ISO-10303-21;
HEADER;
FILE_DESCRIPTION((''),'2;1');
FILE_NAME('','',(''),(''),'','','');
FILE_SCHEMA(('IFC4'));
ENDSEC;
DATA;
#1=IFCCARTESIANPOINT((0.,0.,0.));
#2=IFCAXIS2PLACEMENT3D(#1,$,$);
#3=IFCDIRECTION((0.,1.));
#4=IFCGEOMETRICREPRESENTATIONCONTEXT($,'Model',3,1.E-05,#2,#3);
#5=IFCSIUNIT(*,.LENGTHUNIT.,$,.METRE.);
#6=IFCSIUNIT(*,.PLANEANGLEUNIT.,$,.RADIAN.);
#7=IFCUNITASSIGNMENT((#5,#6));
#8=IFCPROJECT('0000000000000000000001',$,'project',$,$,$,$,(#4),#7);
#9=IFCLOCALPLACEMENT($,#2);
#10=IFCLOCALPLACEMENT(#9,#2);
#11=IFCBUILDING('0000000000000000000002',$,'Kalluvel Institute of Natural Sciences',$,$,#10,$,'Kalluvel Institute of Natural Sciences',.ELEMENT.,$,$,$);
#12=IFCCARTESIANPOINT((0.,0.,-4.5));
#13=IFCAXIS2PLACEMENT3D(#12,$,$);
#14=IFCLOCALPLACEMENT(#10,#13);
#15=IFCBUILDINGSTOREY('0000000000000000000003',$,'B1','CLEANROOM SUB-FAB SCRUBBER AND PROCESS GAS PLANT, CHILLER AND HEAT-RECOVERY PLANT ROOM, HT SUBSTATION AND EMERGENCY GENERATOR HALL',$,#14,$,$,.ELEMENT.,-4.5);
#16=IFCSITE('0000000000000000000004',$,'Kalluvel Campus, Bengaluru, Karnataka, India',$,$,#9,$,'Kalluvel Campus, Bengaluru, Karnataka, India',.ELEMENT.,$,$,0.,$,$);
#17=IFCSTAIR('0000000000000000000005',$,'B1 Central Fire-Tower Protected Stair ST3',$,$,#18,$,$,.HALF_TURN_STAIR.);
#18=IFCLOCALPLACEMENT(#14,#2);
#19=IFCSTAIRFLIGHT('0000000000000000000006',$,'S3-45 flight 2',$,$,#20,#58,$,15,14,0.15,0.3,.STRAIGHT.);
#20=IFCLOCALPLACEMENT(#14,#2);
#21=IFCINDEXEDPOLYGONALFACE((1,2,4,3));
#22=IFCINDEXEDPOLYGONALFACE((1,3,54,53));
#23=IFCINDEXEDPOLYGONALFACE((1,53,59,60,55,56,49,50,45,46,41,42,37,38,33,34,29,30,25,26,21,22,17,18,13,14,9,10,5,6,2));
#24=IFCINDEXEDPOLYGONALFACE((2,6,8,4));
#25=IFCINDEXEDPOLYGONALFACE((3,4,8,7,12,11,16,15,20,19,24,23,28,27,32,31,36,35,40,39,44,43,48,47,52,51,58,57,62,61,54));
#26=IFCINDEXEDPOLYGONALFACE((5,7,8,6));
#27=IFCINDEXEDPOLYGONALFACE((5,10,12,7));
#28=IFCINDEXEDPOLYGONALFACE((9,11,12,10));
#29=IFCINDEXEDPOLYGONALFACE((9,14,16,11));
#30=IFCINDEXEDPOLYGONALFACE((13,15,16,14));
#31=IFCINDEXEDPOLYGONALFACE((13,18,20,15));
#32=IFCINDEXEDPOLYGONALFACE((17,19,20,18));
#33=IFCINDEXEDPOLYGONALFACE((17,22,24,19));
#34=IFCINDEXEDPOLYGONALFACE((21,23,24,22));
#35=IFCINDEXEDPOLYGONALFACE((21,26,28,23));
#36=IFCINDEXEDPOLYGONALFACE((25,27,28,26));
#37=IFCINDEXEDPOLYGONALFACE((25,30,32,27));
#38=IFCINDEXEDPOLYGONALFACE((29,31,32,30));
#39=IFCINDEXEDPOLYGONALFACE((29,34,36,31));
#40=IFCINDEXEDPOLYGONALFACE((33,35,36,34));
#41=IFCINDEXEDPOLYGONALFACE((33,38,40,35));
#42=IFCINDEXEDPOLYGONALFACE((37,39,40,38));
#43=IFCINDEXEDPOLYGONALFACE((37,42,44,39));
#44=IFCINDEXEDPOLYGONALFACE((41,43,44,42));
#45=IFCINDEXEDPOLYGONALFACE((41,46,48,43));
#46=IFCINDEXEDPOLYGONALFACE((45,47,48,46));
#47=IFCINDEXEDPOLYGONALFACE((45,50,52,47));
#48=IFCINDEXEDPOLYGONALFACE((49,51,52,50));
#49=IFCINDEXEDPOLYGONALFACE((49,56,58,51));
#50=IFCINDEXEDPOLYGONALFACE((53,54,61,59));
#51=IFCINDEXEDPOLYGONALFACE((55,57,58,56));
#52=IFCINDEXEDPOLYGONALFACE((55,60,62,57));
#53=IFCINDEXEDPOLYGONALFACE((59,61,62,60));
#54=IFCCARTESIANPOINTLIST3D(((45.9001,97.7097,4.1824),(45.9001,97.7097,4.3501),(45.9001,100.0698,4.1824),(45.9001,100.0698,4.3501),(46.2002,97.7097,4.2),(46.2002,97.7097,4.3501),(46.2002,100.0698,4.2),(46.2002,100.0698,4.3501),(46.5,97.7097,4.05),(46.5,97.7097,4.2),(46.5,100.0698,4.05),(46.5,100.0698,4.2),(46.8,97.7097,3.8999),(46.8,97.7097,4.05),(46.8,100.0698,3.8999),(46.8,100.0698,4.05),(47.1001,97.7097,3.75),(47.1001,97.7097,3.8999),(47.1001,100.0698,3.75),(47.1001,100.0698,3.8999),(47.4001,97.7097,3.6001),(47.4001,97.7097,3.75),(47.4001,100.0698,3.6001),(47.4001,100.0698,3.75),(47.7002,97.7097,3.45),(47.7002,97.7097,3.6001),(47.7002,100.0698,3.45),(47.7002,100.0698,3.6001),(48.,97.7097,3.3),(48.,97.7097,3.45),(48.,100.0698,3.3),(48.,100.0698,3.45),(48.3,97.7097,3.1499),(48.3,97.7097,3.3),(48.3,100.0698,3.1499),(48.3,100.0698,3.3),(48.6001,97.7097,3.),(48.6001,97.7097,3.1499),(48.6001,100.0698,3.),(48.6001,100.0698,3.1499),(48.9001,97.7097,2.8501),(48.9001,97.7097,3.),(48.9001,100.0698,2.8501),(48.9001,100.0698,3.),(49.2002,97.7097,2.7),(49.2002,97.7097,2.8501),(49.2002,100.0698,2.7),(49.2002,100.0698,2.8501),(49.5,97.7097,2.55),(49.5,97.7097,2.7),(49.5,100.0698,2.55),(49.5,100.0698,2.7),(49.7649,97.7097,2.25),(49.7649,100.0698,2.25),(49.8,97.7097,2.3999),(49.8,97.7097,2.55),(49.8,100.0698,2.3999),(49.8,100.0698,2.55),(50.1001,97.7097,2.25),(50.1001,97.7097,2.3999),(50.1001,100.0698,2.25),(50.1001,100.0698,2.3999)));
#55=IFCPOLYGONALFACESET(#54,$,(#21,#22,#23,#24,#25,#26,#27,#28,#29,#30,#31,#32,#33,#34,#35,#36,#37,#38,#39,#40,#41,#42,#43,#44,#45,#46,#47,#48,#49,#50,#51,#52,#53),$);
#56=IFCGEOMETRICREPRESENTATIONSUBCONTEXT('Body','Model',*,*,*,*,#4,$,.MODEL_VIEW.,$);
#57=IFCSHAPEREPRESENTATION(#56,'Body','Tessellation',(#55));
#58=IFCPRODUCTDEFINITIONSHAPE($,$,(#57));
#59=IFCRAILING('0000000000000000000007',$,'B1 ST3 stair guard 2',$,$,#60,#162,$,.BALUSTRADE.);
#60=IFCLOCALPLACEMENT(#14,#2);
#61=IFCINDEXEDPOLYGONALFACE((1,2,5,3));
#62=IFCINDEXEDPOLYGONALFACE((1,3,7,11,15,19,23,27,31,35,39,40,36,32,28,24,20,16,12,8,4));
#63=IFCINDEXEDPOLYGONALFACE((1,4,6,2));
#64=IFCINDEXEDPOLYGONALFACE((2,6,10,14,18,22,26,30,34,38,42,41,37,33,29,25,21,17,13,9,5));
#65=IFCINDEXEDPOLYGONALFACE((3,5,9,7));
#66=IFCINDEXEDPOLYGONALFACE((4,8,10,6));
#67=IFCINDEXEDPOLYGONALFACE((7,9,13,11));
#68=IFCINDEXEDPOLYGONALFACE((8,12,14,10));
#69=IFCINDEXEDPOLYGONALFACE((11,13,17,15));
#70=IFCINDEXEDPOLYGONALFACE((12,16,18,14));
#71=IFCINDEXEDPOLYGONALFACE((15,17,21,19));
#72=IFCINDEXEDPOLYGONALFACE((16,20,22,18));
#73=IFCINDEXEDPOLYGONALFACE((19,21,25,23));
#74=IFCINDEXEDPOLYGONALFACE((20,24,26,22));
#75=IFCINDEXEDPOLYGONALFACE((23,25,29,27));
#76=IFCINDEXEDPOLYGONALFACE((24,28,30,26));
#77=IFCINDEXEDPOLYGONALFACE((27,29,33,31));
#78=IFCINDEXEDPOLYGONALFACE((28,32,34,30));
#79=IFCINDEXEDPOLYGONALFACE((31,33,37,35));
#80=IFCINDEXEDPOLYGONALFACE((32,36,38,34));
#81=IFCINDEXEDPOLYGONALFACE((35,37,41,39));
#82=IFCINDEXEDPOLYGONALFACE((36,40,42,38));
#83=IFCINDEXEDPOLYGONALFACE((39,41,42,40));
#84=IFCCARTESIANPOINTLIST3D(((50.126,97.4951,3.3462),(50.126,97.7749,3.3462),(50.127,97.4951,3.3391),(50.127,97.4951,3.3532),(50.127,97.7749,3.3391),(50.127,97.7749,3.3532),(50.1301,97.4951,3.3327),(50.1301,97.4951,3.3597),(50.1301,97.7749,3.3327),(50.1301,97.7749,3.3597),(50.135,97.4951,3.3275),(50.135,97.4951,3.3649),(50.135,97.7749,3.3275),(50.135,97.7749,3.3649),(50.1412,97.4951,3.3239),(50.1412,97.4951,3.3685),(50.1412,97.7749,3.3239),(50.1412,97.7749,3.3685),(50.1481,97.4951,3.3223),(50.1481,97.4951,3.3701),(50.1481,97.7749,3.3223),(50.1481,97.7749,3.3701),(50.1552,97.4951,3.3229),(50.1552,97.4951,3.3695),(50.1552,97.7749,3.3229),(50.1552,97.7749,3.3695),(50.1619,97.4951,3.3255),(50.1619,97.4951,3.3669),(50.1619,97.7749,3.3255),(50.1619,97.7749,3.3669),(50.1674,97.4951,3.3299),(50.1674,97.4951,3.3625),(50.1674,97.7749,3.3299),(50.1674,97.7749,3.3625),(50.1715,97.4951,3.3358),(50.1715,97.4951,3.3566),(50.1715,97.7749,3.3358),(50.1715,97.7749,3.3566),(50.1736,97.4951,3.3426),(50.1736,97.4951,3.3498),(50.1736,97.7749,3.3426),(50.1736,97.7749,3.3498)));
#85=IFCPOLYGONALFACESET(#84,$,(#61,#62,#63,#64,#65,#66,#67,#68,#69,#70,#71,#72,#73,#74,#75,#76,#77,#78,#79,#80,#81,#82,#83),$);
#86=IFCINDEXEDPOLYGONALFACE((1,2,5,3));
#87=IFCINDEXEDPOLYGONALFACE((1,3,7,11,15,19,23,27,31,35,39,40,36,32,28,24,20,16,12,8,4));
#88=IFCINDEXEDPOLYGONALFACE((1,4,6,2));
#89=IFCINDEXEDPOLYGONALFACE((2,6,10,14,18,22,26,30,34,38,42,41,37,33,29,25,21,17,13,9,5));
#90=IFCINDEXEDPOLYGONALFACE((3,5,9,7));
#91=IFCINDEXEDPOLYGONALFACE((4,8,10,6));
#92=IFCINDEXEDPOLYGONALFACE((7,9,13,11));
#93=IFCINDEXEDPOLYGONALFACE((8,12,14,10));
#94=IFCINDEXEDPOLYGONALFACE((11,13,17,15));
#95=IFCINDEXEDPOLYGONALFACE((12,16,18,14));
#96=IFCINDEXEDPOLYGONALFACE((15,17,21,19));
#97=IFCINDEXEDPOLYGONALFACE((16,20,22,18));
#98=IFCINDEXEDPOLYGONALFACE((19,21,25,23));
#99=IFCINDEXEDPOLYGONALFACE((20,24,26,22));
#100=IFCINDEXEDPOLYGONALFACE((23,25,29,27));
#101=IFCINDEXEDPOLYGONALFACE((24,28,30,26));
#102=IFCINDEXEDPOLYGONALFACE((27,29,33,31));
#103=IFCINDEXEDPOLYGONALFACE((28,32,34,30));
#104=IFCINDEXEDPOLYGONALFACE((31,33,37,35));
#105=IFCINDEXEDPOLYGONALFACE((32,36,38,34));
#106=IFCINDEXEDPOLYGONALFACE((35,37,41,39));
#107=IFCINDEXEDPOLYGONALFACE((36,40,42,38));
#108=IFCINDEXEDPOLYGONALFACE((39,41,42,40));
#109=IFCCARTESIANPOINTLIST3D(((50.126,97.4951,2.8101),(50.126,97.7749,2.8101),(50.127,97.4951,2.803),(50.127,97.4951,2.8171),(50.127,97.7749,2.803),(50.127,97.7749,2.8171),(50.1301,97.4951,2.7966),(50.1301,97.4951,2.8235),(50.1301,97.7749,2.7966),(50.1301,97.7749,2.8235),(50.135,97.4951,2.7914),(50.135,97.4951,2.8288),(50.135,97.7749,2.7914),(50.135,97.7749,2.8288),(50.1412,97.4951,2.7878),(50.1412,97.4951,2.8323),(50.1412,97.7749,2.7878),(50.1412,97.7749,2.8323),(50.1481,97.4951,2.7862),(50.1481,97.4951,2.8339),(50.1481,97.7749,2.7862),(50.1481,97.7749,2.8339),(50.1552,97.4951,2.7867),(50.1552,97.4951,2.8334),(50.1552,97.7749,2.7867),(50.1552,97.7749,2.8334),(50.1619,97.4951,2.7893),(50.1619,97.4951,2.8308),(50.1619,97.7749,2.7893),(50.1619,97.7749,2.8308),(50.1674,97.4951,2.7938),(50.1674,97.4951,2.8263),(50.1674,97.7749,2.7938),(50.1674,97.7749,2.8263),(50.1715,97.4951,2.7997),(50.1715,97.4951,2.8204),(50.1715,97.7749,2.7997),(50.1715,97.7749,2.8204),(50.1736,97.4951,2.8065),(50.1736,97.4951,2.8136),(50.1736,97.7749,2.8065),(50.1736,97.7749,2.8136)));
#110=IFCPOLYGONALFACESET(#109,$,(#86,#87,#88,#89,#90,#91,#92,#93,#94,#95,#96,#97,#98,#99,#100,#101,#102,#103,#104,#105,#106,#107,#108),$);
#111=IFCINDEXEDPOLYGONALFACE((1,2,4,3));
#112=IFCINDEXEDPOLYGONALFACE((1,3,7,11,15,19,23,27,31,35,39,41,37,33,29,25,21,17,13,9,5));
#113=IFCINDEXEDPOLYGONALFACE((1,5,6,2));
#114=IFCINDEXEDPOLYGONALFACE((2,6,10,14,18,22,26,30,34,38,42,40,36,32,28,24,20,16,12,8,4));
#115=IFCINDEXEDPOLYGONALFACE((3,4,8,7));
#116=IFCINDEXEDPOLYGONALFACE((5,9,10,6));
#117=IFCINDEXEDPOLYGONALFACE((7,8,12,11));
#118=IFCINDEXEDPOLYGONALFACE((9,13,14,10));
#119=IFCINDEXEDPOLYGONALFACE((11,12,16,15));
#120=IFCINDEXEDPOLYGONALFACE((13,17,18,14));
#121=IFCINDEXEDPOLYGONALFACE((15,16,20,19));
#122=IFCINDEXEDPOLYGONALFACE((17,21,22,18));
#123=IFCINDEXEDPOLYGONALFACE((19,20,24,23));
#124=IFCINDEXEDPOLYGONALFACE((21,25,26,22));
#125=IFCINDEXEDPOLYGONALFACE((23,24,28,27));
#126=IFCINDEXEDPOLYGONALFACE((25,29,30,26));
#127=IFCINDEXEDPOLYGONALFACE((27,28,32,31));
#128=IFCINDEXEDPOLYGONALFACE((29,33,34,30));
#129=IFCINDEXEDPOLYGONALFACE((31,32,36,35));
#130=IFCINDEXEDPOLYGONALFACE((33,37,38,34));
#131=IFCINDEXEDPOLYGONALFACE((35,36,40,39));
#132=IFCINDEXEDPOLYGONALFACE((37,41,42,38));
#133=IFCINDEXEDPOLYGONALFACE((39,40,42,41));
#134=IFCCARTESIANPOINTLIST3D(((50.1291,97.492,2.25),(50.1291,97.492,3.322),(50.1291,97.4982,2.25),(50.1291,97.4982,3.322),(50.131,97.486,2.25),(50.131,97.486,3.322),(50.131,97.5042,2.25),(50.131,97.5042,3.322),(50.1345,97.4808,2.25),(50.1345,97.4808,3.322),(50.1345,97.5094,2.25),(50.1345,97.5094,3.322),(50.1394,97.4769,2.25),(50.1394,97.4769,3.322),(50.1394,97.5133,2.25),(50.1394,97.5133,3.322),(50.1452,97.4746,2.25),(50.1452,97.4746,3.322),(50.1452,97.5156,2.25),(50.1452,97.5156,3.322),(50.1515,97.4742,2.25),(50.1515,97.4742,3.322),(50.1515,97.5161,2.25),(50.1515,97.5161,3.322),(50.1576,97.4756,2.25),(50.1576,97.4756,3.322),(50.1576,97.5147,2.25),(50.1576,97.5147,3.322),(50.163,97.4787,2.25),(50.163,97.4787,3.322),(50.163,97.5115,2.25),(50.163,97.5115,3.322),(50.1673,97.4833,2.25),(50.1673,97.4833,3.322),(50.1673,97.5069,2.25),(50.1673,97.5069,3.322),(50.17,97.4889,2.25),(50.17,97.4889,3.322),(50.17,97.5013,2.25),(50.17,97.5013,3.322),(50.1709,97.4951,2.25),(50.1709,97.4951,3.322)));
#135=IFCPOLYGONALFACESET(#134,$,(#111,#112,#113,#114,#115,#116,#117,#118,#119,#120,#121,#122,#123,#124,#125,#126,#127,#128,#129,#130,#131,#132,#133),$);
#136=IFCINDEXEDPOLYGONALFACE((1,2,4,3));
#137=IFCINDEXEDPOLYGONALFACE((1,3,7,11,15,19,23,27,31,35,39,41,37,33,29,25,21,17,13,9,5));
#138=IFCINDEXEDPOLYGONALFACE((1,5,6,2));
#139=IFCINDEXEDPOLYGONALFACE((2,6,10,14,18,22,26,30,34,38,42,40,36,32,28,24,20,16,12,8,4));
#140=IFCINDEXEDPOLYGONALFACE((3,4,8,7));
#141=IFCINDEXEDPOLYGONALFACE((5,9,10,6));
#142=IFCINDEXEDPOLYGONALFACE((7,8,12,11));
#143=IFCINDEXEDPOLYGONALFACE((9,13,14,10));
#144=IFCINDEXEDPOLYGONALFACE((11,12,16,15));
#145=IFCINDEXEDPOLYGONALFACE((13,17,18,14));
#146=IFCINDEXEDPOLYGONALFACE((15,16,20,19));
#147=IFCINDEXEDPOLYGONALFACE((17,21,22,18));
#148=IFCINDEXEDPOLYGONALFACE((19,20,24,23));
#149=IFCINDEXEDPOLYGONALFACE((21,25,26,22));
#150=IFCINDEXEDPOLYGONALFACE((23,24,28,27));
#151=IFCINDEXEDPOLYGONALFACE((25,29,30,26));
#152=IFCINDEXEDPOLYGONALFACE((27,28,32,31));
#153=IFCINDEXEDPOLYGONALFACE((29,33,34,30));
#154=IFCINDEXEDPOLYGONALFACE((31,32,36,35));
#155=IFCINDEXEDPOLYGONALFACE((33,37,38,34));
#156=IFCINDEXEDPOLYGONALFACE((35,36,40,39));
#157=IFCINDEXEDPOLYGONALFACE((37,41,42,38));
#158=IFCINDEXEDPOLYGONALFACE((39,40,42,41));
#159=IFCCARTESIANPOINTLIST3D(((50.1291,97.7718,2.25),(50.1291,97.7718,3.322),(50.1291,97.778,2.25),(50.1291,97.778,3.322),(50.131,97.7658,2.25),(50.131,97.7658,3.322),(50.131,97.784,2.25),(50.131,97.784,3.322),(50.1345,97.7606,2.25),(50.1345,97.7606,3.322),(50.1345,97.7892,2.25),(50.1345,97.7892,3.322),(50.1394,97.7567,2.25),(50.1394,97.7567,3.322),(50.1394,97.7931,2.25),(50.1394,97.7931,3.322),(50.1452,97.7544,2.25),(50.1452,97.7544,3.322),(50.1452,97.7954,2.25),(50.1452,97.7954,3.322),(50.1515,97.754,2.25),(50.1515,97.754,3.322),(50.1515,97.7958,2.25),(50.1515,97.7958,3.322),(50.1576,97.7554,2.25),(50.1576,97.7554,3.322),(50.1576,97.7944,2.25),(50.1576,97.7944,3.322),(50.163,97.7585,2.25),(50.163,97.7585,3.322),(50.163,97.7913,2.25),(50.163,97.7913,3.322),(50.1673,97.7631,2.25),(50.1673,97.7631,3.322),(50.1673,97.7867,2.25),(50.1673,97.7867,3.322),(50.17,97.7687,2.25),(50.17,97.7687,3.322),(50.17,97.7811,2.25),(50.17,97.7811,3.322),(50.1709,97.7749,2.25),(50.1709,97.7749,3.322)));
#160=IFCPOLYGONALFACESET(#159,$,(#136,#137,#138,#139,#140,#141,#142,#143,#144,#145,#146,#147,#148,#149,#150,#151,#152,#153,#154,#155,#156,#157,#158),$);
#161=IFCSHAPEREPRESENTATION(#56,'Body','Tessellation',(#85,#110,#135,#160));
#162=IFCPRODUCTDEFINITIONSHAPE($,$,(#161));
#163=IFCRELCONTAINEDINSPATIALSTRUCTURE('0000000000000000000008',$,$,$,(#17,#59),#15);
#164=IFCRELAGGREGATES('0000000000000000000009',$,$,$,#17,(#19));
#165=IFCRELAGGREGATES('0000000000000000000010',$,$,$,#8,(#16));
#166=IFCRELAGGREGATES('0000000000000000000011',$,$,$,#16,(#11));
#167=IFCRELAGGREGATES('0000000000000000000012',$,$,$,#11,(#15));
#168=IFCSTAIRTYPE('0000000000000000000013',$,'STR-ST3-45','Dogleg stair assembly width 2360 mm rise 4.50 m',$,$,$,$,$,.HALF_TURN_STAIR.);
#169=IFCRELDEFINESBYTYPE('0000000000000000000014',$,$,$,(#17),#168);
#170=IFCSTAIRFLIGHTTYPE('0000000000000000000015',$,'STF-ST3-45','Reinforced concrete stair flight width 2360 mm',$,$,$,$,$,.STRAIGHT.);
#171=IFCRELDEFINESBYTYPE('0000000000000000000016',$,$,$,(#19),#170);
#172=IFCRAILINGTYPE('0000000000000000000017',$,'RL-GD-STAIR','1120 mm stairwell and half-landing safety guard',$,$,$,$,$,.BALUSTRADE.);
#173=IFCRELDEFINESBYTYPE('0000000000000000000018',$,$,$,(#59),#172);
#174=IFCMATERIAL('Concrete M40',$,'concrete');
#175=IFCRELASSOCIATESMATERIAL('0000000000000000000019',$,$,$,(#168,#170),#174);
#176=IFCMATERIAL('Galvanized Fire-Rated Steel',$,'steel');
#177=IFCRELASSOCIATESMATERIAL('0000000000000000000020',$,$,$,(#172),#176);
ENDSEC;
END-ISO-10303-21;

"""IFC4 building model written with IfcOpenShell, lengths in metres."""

from ifc_helpers import new_model, si_unit, direction, frame, origin, origin_2d, place, context, subcontext, project, spatial, polyline, circle, outline, extrude, material, type_object, element, aggregate, save


model = new_model("IFC4")

# Units and contexts
model_context = context("Model", 3, precision=1e-05, world=origin(), true_north=direction((0.0, 1.0)))
body_context = subcontext(model_context, "Body", "Model", "MODEL_VIEW")
ifc_project = project(units=[si_unit("LENGTHUNIT", "METRE"), si_unit("PLANEANGLEUNIT", "RADIAN")], contexts=[model_context])

# Site, building, storey
site_placement = place(None, origin())
site = spatial("IfcSite", under=ifc_project, at=site_placement, Name="Kalluvel Campus, Bengaluru, Karnataka, India", LongName="Kalluvel Campus, Bengaluru, Karnataka, India", CompositionType="ELEMENT", RefElevation=0.0)
building_placement = place(site_placement, origin())
building = spatial("IfcBuilding", under=site, at=building_placement, Name="Kalluvel Institute of Natural Sciences", LongName="Kalluvel Institute of Natural Sciences", CompositionType="ELEMENT")
storey_placement = place(building_placement, frame((0.0, 0.0, -4.5)))
storey = spatial("IfcBuildingStorey", under=building, at=storey_placement, Name="B1", Description="CLEANROOM SUB-FAB SCRUBBER AND PROCESS GAS PLANT, CHILLER AND HEAT-RECOVERY PLANT ROOM, HT SUBSTATION AND EMERGENCY GENERATOR HALL", CompositionType="ELEMENT", Elevation=-4.5)

# Shared definitions
ifc_material_1 = material(Name="Concrete M40", Category="concrete")

# Shared definitions
ifc_material_2 = material(Name="Galvanized Fire-Rated Steel", Category="steel")

# Stair, stair flight
stair_type = type_object("IfcStairType", Name="STR-ST3-45", Description="Dogleg stair assembly width 2360 mm rise 4.50 m", PredefinedType="HALF_TURN_STAIR", material=ifc_material_1)
stair_placement = place(storey_placement, origin())
stair = element("IfcStair", 1, at=stair_placement, inside=storey, type_object=stair_type, Name="B1 Central Fire-Tower Protected Stair ST3", PredefinedType="HALF_TURN_STAIR")
stair_flight_type = type_object("IfcStairFlightType", Name="STF-ST3-45", Description="Reinforced concrete stair flight width 2360 mm", PredefinedType="STRAIGHT", material=ifc_material_1)
stair_flight_placement = place(storey_placement, frame((50.1001, 98.8899, 2.25), z_axis=(0.0, 0.0, 1.0), x_axis=(-1.0, 0.0, 0.0)))
stair_flight = element("IfcStairFlight", 2, at=stair_flight_placement, type_object=stair_flight_type, Name="S3-45 flight 2", NumberOfRisers=15, NumberOfTreads=14, PredefinedType="STRAIGHT", RiserHeight=0.15, TreadLength=0.3, context=body_context, shape_type="SweptSolid", body=[
    extrude(outline(polyline([(0.0, 0.0), (0.0, 0.1499), (0.3, 0.1499), (0.3, 0.3), (0.6001, 0.3), (0.6001, 0.45), (0.8999, 0.45), (0.8999, 0.6001), (1.2, 0.6001), (1.2, 0.75), (1.5, 0.75), (1.5, 0.8999), (1.8, 0.8999), (1.8, 1.05), (2.1001, 1.05), (2.1001, 1.2), (2.3999, 1.2), (2.3999, 1.3501), (2.7, 1.3501), (2.7, 1.5), (3.0, 1.5), (3.0, 1.6499), (3.3, 1.6499), (3.3, 1.8), (3.6001, 1.8), (3.6001, 1.95), (3.8999, 1.95), (3.8999, 2.1001), (4.2, 2.1001), (4.2, 2.25), (4.2, 1.9324), (0.3352, 0.0), (0.0, 0.0)])), frame((0.0, 1.1802, 0.0), z_axis=(0.0, -1.0, 0.0), x_axis=(1.0, 0.0, 0.0)), (0.0, 0.0, 1.0), 2.3601),
])
aggregate(stair, [stair_flight])

# Railing
railing_type_1 = type_object("IfcRailingType", Name="RL-GD-STAIR", Description="1120 mm stairwell and half-landing safety guard", PredefinedType="BALUSTRADE", material=ifc_material_2)
railing_1_placement = place(storey_placement, frame((50.1499, 97.4951, 2.25)))
element("IfcRailing", 3, at=railing_1_placement, inside=storey, type_object=railing_type_1, Name="B1 ST3 stair guard 2", PredefinedType="BALUSTRADE", context=body_context, shape_type="SweptSolid", body=[
    extrude(circle(Radius=0.0239, at=origin_2d()), frame((0.0, 0.0, 1.0962), z_axis=(0.0, 1.0, 0.0), x_axis=(-1.0, 0.0, 0.0)), (0.0, 0.0, 1.0), 0.2798),
    extrude(circle(Radius=0.0239, at=origin_2d()), frame((0.0, 0.0, 0.5601), z_axis=(0.0, 1.0, 0.0), x_axis=(-1.0, 0.0, 0.0)), (0.0, 0.0, 1.0), 0.2798),
    extrude(circle(Radius=0.021, at=origin_2d()), origin(), (0.0, 0.0, 1.0), 1.072),
    extrude(circle(Radius=0.021, at=origin_2d()), frame((0.0, 0.2798, 0.0)), (0.0, 0.0, 1.0), 1.072),
])

save(model, "model.ifc")
